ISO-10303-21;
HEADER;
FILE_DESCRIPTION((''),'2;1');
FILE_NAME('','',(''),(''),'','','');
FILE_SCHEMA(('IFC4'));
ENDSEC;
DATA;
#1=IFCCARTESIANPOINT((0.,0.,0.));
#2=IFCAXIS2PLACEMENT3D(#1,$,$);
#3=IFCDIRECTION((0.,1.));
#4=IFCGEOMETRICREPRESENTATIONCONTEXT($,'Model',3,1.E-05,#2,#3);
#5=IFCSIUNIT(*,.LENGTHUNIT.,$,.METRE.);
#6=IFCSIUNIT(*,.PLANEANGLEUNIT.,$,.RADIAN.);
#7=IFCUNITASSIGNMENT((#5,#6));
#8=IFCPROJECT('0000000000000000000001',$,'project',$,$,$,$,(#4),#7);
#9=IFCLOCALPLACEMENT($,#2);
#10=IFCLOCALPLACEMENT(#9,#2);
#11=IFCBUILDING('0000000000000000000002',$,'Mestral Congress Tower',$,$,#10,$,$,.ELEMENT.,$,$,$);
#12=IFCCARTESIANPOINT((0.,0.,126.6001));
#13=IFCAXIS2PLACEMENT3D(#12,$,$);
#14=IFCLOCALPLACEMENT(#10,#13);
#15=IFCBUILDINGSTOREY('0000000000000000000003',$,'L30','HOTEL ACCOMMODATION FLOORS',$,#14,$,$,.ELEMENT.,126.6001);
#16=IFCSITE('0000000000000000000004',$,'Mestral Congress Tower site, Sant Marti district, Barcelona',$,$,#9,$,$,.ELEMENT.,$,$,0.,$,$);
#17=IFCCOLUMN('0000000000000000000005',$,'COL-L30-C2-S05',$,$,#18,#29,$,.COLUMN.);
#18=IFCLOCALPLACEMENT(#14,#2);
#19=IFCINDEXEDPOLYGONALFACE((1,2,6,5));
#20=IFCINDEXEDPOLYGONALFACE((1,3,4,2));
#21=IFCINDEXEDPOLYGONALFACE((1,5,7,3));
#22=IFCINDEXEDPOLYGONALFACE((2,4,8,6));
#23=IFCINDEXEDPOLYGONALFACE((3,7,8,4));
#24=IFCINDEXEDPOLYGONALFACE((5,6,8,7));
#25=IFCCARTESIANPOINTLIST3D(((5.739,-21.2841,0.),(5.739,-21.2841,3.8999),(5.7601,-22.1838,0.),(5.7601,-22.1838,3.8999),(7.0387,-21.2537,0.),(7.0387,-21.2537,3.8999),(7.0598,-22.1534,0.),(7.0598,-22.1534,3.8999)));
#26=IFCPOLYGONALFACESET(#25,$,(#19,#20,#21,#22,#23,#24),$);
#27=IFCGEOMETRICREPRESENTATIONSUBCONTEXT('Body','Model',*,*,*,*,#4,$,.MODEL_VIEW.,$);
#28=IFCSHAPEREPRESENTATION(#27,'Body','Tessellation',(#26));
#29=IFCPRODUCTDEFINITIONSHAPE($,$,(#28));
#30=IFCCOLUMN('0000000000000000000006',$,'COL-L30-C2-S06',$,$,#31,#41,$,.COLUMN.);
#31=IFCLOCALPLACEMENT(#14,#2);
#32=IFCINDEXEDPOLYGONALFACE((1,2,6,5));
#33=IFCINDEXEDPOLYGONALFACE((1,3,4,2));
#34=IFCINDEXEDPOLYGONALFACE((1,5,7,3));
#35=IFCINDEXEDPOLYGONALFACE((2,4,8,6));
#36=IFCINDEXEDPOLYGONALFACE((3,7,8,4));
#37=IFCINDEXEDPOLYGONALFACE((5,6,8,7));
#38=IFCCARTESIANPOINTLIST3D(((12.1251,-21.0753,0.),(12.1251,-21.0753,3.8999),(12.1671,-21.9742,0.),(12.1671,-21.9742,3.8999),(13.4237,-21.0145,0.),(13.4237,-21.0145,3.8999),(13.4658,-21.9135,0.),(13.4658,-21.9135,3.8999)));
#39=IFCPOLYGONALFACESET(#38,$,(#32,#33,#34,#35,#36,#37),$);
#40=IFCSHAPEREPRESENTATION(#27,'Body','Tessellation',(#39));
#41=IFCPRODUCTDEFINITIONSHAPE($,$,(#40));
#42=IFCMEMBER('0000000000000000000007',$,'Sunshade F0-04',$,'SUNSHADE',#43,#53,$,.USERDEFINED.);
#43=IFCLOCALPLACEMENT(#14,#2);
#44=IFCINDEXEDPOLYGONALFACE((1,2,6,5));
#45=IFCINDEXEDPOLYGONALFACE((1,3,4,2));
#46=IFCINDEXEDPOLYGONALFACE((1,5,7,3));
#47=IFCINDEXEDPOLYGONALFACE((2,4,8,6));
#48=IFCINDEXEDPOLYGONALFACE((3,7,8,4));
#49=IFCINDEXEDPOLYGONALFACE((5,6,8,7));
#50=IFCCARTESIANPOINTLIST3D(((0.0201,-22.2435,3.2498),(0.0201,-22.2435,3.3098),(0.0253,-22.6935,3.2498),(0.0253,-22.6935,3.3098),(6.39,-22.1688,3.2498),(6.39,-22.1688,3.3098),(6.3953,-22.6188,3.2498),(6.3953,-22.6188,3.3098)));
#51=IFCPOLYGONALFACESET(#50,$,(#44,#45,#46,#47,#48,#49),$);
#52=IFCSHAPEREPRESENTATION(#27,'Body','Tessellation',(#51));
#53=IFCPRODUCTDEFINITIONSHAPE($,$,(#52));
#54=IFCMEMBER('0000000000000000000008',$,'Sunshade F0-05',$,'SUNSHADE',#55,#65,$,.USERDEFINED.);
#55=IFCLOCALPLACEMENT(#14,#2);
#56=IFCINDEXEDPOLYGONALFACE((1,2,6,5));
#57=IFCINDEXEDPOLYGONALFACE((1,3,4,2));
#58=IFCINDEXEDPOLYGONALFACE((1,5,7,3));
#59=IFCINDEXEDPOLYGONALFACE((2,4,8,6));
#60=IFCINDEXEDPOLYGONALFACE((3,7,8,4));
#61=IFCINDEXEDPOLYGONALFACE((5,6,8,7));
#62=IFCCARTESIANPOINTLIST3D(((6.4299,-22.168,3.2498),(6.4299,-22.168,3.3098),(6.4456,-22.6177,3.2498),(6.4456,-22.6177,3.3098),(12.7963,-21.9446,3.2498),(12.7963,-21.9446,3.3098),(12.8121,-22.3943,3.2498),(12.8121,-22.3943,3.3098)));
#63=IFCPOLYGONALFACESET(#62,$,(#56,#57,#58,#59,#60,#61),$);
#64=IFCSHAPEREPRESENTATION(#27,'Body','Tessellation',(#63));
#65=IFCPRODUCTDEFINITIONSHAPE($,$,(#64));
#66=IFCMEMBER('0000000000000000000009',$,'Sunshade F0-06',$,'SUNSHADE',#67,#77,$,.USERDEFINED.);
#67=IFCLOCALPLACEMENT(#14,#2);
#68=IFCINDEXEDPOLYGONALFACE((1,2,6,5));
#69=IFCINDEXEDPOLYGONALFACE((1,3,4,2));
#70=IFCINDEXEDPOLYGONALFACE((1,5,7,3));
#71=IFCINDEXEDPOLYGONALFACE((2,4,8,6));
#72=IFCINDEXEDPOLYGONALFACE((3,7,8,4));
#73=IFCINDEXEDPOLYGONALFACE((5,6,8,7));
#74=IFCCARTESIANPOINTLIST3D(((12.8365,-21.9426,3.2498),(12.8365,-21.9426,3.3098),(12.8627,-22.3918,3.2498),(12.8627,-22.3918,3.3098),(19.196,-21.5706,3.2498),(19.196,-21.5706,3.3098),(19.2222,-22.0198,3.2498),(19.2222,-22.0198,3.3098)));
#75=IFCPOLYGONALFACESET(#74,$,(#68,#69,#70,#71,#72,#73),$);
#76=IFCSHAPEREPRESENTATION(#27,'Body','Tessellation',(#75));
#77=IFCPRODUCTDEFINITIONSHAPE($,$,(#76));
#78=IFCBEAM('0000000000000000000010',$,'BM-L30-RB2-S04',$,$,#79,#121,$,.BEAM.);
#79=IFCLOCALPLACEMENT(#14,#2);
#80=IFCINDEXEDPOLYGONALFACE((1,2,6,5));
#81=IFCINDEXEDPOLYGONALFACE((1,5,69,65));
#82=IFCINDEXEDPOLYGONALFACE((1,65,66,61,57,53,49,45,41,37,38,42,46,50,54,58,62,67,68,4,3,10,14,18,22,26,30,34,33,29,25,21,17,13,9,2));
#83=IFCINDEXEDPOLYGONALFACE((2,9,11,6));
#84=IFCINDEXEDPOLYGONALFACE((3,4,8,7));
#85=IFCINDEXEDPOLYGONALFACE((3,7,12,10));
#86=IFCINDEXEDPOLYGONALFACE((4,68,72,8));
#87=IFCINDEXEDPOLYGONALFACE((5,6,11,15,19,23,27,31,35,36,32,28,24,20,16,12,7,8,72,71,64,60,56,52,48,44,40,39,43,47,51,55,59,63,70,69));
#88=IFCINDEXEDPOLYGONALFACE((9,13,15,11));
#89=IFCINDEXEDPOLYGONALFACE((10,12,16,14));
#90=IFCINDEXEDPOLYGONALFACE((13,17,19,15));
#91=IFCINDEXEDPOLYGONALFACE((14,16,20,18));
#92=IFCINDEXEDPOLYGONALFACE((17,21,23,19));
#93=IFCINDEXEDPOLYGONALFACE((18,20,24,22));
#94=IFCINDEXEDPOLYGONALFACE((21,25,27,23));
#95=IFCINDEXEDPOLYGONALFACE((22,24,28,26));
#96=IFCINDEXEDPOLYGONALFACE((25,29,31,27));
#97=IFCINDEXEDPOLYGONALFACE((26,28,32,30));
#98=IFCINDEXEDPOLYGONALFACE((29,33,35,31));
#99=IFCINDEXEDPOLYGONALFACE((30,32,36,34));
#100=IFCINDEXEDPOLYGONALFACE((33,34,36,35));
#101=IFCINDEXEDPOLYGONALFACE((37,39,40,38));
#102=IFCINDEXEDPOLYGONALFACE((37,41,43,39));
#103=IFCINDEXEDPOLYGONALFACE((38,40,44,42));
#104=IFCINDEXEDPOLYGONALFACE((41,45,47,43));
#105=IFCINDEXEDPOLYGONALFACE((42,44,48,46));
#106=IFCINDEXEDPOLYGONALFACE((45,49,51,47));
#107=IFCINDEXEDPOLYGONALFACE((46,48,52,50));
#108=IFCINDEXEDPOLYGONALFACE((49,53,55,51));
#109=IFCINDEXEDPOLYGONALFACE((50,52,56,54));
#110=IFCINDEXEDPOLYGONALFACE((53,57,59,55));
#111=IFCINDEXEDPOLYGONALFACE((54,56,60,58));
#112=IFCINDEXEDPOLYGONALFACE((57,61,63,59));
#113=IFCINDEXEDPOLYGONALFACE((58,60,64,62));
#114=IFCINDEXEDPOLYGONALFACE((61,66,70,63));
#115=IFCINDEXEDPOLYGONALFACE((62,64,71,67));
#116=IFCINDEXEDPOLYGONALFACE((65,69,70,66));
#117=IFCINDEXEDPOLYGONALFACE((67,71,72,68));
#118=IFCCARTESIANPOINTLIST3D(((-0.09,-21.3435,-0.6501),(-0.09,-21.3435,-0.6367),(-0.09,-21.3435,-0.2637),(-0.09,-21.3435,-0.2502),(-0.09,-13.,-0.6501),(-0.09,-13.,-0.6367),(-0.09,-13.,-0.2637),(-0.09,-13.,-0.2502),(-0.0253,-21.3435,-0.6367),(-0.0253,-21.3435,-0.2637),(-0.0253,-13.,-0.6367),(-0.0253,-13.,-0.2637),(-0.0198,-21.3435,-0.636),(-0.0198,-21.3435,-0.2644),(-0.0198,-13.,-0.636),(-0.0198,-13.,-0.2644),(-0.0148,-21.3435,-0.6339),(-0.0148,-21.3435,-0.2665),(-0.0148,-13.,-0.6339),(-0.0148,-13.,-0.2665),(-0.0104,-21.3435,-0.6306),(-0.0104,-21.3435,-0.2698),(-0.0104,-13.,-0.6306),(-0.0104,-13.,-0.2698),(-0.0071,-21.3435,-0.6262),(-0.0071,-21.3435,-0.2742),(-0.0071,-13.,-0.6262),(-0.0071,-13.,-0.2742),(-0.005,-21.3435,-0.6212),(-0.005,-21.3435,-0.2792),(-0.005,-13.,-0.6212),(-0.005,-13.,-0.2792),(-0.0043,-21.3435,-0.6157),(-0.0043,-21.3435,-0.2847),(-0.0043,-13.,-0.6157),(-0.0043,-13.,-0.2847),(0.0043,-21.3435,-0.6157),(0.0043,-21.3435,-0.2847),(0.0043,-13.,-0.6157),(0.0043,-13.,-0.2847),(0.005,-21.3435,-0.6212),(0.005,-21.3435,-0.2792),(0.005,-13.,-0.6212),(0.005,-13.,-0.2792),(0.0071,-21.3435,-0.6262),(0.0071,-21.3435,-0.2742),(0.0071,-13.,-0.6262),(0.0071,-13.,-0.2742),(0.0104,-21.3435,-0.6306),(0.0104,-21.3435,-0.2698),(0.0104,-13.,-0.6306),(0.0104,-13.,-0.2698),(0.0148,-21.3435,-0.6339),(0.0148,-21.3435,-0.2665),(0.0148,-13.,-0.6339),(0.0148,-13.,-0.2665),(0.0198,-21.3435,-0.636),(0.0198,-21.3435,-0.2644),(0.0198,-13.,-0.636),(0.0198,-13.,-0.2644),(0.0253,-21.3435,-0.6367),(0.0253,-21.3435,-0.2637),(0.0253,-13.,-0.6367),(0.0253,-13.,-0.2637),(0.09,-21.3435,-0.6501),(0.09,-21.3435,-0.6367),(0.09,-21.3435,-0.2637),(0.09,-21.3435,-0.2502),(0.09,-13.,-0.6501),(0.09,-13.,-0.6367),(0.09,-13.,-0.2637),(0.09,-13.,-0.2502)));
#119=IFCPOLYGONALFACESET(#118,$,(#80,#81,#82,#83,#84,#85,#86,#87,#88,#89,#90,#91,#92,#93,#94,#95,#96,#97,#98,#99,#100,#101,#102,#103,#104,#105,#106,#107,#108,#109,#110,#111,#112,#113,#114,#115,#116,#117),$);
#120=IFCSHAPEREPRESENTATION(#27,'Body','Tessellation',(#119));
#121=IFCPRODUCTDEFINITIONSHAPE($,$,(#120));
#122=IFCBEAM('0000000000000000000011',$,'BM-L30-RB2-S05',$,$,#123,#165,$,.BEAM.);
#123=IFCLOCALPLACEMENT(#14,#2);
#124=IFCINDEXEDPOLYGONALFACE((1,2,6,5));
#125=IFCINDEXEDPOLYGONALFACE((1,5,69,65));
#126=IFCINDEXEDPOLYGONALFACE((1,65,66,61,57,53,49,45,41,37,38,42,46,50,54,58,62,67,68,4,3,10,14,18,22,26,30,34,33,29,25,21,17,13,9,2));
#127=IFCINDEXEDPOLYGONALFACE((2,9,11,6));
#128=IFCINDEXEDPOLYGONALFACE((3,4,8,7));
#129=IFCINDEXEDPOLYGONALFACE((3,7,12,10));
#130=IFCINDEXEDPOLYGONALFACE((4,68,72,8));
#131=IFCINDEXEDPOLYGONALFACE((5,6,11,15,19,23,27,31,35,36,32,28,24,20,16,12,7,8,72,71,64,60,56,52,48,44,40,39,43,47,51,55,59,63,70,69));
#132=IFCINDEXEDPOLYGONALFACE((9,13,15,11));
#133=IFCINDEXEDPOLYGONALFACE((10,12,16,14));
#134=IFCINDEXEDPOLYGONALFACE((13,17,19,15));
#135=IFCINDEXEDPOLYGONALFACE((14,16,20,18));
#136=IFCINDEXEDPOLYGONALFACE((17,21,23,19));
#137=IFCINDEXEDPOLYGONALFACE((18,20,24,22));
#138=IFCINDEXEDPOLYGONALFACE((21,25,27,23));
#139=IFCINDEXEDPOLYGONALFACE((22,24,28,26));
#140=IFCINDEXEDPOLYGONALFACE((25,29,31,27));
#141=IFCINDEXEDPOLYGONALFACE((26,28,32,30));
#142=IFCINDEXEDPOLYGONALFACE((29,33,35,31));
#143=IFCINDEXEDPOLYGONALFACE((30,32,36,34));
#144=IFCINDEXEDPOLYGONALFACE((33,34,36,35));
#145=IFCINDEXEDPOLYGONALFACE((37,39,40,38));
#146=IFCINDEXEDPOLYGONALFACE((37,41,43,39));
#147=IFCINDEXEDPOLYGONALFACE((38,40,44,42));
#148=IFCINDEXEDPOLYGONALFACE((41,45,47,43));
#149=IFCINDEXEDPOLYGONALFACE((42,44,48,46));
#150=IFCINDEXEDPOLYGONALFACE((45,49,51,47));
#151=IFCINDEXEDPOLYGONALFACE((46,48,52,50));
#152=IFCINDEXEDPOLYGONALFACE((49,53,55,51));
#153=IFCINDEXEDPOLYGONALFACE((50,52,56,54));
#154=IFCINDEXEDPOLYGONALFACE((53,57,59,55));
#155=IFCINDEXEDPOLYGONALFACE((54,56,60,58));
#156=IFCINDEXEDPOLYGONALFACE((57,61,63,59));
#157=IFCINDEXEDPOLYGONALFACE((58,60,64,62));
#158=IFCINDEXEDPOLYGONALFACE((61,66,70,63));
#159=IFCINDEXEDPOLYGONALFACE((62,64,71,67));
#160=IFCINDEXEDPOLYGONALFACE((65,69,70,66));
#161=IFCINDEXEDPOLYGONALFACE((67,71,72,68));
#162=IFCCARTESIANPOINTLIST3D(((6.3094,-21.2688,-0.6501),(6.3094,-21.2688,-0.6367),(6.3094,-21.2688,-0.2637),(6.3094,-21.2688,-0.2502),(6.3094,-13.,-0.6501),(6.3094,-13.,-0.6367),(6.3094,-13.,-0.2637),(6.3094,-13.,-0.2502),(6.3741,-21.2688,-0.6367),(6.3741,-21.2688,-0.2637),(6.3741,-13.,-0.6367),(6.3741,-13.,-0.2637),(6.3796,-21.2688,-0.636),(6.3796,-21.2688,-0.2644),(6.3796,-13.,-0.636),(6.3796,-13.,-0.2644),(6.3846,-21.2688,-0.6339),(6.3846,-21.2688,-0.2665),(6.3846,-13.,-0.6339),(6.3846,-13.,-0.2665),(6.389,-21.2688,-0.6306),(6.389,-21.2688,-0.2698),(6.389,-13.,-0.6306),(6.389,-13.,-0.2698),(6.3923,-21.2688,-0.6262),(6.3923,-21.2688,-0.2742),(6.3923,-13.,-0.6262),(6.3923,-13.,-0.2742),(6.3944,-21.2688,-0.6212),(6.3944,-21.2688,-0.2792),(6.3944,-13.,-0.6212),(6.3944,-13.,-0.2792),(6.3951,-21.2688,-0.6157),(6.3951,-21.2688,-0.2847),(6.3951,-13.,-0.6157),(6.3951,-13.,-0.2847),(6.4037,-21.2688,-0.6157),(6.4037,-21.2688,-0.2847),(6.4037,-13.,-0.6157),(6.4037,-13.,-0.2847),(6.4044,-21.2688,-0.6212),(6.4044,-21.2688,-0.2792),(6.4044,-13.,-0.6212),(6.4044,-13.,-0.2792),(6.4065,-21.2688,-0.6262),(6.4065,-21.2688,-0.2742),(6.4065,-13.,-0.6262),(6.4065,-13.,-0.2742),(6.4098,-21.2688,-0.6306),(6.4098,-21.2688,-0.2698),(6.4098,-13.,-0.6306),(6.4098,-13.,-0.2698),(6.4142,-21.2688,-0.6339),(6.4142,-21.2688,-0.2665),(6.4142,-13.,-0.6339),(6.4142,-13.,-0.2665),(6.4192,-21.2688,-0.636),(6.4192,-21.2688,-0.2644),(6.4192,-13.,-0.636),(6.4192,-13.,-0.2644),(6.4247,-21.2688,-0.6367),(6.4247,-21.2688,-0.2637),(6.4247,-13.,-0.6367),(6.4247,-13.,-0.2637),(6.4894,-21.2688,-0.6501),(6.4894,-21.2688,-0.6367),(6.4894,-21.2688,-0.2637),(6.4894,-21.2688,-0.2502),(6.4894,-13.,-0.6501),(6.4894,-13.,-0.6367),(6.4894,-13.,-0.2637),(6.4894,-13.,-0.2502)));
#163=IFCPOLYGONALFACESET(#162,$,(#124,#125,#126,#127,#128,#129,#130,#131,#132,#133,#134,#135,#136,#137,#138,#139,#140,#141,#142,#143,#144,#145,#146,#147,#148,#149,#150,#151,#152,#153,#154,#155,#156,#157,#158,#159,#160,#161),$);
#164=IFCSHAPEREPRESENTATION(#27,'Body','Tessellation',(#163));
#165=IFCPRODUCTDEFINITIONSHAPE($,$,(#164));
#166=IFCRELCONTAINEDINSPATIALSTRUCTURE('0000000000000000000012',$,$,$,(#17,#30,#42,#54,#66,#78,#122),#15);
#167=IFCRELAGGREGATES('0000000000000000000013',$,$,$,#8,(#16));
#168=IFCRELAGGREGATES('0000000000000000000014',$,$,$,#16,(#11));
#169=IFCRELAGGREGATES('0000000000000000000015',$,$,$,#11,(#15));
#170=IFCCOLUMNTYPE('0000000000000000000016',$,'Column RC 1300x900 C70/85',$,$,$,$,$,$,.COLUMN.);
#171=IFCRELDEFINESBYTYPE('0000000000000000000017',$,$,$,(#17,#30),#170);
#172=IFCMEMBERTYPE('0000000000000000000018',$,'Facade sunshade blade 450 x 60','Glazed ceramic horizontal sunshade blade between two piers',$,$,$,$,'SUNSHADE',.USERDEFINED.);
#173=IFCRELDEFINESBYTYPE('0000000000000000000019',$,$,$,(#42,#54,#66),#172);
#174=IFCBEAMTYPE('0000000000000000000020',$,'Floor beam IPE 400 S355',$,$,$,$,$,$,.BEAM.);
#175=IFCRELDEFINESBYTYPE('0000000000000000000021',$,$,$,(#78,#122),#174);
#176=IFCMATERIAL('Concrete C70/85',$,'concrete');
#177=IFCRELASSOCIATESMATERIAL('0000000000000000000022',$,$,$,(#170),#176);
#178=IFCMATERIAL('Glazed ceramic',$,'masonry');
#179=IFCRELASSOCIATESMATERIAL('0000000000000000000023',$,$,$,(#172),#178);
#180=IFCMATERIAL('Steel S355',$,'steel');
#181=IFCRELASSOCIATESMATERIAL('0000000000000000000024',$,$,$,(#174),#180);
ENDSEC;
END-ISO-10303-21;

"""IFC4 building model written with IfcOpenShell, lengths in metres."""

from ifc_helpers import new_model, si_unit, direction, frame, origin, origin_2d, place, context, subcontext, project, spatial, rectangle, i_section, extrude, material, material_profile, profile_set, type_object, element, save


model = new_model("IFC4")

# Units and contexts
model_context = context("Model", 3, precision=1e-05, world=origin(), true_north=direction((0.0, 1.0)))
body_context = subcontext(model_context, "Body", "Model", "MODEL_VIEW")
ifc_project = project(units=[si_unit("LENGTHUNIT", "METRE"), si_unit("PLANEANGLEUNIT", "RADIAN")], contexts=[model_context])

# Site, building, storey
site_placement = place(None, origin())
site = spatial("IfcSite", under=ifc_project, at=site_placement, Name="Mestral Congress Tower site, Sant Marti district, Barcelona", CompositionType="ELEMENT", RefElevation=0.0)
building_placement = place(site_placement, origin())
building = spatial("IfcBuilding", under=site, at=building_placement, Name="Mestral Congress Tower", CompositionType="ELEMENT")
storey_placement = place(building_placement, frame((0.0, 0.0, 126.6001)))
storey = spatial("IfcBuildingStorey", under=building, at=storey_placement, Name="L30", Description="HOTEL ACCOMMODATION FLOORS", CompositionType="ELEMENT", Elevation=126.6001)

# Columns
ifc_material_1 = material(Name="Concrete C70/85", Category="concrete")
ifc_material_profile_1 = material_profile(ifc_material_1, rectangle(XDim=1.3, YDim=0.8999, at=origin_2d()), Name="RC 1300x900")
ifc_profile_set_1 = profile_set([ifc_material_profile_1], Name="Concrete C70/85")
column_type = type_object("IfcColumnType", Name="Column RC 1300x900 C70/85", PredefinedType="COLUMN", material=ifc_profile_set_1)
for number, where, z_axis, x_axis, name in (
    (1, (6.3994, -21.7188, 0.0), (0.0, 0.0, 1.0), (0.999727, 0.023384, 0.0), "COL-L30-C2-S05"),
    (2, (12.7954, -21.4944, 0.0), (0.0, 0.0, 1.0), (0.998906, 0.046756, 0.0), "COL-L30-C2-S06"),
):
    element("IfcColumn", number, at=place(storey_placement, frame(where, z_axis=z_axis, x_axis=x_axis)), inside=storey, type_object=column_type, Name=name, PredefinedType="COLUMN", context=body_context, shape_type="SweptSolid", body=[
        extrude(rectangle(XDim=1.3, YDim=0.8999, at=origin_2d()), origin(), (0.0, 0.0, 1.0), 3.8999),
    ])

# Members
ifc_material_2 = material(Name="Glazed ceramic", Category="masonry")
ifc_material_profile_2 = material_profile(ifc_material_2, rectangle(XDim=0.45, YDim=0.0601, at=origin_2d()), Name="Ceramic blade 450 x 60")
ifc_profile_set_2 = profile_set([ifc_material_profile_2], Name="Glazed ceramic")
member_type = type_object("IfcMemberType", Name="Facade sunshade blade 450 x 60", Description="Glazed ceramic horizontal sunshade blade between two piers", ElementType="SUNSHADE", PredefinedType="USERDEFINED", material=ifc_profile_set_2)
for number, where, z_axis, x_axis, name in (
    (3, (0.0227, -22.4685, 3.2798), (0.999931, 0.011727, 0.0), (-0.011727, 0.999931, 0.0), "Sunshade F0-04"),
    (4, (6.4377, -22.3928, 3.2798), (0.999385, 0.035067, 0.0), (-0.035067, 0.999385, 0.0), "Sunshade F0-05"),
    (5, (12.8496, -22.1672, 3.2798), (0.998293, 0.058407, 0.0), (-0.058407, 0.998293, 0.0), "Sunshade F0-06"),
):
    element("IfcMember", number, at=place(storey_placement, frame(where, z_axis=z_axis, x_axis=x_axis)), inside=storey, type_object=member_type, Name=name, ObjectType="SUNSHADE", PredefinedType="USERDEFINED", context=body_context, shape_type="SweptSolid", body=[
        extrude(rectangle(XDim=0.45, YDim=0.0601, at=origin_2d()), origin(), (0.0, 0.0, 1.0), 6.3704),
    ])

# Beams
ifc_material_3 = material(Name="Steel S355", Category="steel")
ifc_material_profile_3 = material_profile(ifc_material_3, i_section(OverallWidth=0.1799, OverallDepth=0.3999, WebThickness=0.0085, FlangeThickness=0.0134, FilletRadius=0.021, at=origin_2d()), Name="IPE 400")
ifc_profile_set_3 = profile_set([ifc_material_profile_3], Name="Steel S355")
beam_type_1 = type_object("IfcBeamType", Name="Floor beam IPE 400 S355", PredefinedType="BEAM", material=ifc_profile_set_3)
beam_1_placement = place(storey_placement, frame((0.0, -21.3435, -0.4502), z_axis=(0.0, 1.0, 0.0), x_axis=(-1.0, 0.0, 0.0)))
element("IfcBeam", 6, at=beam_1_placement, inside=storey, type_object=beam_type_1, Name="BM-L30-RB2-S04", PredefinedType="BEAM", context=body_context, shape_type="SweptSolid", body=[
    extrude(i_section(OverallWidth=0.1799, OverallDepth=0.3999, WebThickness=0.0085, FlangeThickness=0.0134, FilletRadius=0.021, at=origin_2d()), origin(), (0.0, 0.0, 1.0), 8.3435),
])
beam_2_placement = place(storey_placement, frame((6.3994, -21.2688, -0.4502), z_axis=(0.0, 1.0, 0.0), x_axis=(-1.0, 0.0, 0.0)))
element("IfcBeam", 7, at=beam_2_placement, inside=storey, type_object=beam_type_1, Name="BM-L30-RB2-S05", PredefinedType="BEAM", context=body_context, shape_type="SweptSolid", body=[
    extrude(i_section(OverallWidth=0.1799, OverallDepth=0.3999, WebThickness=0.0085, FlangeThickness=0.0134, FilletRadius=0.021, at=origin_2d()), origin(), (0.0, 0.0, 1.0), 8.2688),
])

save(model, "model.ifc")
